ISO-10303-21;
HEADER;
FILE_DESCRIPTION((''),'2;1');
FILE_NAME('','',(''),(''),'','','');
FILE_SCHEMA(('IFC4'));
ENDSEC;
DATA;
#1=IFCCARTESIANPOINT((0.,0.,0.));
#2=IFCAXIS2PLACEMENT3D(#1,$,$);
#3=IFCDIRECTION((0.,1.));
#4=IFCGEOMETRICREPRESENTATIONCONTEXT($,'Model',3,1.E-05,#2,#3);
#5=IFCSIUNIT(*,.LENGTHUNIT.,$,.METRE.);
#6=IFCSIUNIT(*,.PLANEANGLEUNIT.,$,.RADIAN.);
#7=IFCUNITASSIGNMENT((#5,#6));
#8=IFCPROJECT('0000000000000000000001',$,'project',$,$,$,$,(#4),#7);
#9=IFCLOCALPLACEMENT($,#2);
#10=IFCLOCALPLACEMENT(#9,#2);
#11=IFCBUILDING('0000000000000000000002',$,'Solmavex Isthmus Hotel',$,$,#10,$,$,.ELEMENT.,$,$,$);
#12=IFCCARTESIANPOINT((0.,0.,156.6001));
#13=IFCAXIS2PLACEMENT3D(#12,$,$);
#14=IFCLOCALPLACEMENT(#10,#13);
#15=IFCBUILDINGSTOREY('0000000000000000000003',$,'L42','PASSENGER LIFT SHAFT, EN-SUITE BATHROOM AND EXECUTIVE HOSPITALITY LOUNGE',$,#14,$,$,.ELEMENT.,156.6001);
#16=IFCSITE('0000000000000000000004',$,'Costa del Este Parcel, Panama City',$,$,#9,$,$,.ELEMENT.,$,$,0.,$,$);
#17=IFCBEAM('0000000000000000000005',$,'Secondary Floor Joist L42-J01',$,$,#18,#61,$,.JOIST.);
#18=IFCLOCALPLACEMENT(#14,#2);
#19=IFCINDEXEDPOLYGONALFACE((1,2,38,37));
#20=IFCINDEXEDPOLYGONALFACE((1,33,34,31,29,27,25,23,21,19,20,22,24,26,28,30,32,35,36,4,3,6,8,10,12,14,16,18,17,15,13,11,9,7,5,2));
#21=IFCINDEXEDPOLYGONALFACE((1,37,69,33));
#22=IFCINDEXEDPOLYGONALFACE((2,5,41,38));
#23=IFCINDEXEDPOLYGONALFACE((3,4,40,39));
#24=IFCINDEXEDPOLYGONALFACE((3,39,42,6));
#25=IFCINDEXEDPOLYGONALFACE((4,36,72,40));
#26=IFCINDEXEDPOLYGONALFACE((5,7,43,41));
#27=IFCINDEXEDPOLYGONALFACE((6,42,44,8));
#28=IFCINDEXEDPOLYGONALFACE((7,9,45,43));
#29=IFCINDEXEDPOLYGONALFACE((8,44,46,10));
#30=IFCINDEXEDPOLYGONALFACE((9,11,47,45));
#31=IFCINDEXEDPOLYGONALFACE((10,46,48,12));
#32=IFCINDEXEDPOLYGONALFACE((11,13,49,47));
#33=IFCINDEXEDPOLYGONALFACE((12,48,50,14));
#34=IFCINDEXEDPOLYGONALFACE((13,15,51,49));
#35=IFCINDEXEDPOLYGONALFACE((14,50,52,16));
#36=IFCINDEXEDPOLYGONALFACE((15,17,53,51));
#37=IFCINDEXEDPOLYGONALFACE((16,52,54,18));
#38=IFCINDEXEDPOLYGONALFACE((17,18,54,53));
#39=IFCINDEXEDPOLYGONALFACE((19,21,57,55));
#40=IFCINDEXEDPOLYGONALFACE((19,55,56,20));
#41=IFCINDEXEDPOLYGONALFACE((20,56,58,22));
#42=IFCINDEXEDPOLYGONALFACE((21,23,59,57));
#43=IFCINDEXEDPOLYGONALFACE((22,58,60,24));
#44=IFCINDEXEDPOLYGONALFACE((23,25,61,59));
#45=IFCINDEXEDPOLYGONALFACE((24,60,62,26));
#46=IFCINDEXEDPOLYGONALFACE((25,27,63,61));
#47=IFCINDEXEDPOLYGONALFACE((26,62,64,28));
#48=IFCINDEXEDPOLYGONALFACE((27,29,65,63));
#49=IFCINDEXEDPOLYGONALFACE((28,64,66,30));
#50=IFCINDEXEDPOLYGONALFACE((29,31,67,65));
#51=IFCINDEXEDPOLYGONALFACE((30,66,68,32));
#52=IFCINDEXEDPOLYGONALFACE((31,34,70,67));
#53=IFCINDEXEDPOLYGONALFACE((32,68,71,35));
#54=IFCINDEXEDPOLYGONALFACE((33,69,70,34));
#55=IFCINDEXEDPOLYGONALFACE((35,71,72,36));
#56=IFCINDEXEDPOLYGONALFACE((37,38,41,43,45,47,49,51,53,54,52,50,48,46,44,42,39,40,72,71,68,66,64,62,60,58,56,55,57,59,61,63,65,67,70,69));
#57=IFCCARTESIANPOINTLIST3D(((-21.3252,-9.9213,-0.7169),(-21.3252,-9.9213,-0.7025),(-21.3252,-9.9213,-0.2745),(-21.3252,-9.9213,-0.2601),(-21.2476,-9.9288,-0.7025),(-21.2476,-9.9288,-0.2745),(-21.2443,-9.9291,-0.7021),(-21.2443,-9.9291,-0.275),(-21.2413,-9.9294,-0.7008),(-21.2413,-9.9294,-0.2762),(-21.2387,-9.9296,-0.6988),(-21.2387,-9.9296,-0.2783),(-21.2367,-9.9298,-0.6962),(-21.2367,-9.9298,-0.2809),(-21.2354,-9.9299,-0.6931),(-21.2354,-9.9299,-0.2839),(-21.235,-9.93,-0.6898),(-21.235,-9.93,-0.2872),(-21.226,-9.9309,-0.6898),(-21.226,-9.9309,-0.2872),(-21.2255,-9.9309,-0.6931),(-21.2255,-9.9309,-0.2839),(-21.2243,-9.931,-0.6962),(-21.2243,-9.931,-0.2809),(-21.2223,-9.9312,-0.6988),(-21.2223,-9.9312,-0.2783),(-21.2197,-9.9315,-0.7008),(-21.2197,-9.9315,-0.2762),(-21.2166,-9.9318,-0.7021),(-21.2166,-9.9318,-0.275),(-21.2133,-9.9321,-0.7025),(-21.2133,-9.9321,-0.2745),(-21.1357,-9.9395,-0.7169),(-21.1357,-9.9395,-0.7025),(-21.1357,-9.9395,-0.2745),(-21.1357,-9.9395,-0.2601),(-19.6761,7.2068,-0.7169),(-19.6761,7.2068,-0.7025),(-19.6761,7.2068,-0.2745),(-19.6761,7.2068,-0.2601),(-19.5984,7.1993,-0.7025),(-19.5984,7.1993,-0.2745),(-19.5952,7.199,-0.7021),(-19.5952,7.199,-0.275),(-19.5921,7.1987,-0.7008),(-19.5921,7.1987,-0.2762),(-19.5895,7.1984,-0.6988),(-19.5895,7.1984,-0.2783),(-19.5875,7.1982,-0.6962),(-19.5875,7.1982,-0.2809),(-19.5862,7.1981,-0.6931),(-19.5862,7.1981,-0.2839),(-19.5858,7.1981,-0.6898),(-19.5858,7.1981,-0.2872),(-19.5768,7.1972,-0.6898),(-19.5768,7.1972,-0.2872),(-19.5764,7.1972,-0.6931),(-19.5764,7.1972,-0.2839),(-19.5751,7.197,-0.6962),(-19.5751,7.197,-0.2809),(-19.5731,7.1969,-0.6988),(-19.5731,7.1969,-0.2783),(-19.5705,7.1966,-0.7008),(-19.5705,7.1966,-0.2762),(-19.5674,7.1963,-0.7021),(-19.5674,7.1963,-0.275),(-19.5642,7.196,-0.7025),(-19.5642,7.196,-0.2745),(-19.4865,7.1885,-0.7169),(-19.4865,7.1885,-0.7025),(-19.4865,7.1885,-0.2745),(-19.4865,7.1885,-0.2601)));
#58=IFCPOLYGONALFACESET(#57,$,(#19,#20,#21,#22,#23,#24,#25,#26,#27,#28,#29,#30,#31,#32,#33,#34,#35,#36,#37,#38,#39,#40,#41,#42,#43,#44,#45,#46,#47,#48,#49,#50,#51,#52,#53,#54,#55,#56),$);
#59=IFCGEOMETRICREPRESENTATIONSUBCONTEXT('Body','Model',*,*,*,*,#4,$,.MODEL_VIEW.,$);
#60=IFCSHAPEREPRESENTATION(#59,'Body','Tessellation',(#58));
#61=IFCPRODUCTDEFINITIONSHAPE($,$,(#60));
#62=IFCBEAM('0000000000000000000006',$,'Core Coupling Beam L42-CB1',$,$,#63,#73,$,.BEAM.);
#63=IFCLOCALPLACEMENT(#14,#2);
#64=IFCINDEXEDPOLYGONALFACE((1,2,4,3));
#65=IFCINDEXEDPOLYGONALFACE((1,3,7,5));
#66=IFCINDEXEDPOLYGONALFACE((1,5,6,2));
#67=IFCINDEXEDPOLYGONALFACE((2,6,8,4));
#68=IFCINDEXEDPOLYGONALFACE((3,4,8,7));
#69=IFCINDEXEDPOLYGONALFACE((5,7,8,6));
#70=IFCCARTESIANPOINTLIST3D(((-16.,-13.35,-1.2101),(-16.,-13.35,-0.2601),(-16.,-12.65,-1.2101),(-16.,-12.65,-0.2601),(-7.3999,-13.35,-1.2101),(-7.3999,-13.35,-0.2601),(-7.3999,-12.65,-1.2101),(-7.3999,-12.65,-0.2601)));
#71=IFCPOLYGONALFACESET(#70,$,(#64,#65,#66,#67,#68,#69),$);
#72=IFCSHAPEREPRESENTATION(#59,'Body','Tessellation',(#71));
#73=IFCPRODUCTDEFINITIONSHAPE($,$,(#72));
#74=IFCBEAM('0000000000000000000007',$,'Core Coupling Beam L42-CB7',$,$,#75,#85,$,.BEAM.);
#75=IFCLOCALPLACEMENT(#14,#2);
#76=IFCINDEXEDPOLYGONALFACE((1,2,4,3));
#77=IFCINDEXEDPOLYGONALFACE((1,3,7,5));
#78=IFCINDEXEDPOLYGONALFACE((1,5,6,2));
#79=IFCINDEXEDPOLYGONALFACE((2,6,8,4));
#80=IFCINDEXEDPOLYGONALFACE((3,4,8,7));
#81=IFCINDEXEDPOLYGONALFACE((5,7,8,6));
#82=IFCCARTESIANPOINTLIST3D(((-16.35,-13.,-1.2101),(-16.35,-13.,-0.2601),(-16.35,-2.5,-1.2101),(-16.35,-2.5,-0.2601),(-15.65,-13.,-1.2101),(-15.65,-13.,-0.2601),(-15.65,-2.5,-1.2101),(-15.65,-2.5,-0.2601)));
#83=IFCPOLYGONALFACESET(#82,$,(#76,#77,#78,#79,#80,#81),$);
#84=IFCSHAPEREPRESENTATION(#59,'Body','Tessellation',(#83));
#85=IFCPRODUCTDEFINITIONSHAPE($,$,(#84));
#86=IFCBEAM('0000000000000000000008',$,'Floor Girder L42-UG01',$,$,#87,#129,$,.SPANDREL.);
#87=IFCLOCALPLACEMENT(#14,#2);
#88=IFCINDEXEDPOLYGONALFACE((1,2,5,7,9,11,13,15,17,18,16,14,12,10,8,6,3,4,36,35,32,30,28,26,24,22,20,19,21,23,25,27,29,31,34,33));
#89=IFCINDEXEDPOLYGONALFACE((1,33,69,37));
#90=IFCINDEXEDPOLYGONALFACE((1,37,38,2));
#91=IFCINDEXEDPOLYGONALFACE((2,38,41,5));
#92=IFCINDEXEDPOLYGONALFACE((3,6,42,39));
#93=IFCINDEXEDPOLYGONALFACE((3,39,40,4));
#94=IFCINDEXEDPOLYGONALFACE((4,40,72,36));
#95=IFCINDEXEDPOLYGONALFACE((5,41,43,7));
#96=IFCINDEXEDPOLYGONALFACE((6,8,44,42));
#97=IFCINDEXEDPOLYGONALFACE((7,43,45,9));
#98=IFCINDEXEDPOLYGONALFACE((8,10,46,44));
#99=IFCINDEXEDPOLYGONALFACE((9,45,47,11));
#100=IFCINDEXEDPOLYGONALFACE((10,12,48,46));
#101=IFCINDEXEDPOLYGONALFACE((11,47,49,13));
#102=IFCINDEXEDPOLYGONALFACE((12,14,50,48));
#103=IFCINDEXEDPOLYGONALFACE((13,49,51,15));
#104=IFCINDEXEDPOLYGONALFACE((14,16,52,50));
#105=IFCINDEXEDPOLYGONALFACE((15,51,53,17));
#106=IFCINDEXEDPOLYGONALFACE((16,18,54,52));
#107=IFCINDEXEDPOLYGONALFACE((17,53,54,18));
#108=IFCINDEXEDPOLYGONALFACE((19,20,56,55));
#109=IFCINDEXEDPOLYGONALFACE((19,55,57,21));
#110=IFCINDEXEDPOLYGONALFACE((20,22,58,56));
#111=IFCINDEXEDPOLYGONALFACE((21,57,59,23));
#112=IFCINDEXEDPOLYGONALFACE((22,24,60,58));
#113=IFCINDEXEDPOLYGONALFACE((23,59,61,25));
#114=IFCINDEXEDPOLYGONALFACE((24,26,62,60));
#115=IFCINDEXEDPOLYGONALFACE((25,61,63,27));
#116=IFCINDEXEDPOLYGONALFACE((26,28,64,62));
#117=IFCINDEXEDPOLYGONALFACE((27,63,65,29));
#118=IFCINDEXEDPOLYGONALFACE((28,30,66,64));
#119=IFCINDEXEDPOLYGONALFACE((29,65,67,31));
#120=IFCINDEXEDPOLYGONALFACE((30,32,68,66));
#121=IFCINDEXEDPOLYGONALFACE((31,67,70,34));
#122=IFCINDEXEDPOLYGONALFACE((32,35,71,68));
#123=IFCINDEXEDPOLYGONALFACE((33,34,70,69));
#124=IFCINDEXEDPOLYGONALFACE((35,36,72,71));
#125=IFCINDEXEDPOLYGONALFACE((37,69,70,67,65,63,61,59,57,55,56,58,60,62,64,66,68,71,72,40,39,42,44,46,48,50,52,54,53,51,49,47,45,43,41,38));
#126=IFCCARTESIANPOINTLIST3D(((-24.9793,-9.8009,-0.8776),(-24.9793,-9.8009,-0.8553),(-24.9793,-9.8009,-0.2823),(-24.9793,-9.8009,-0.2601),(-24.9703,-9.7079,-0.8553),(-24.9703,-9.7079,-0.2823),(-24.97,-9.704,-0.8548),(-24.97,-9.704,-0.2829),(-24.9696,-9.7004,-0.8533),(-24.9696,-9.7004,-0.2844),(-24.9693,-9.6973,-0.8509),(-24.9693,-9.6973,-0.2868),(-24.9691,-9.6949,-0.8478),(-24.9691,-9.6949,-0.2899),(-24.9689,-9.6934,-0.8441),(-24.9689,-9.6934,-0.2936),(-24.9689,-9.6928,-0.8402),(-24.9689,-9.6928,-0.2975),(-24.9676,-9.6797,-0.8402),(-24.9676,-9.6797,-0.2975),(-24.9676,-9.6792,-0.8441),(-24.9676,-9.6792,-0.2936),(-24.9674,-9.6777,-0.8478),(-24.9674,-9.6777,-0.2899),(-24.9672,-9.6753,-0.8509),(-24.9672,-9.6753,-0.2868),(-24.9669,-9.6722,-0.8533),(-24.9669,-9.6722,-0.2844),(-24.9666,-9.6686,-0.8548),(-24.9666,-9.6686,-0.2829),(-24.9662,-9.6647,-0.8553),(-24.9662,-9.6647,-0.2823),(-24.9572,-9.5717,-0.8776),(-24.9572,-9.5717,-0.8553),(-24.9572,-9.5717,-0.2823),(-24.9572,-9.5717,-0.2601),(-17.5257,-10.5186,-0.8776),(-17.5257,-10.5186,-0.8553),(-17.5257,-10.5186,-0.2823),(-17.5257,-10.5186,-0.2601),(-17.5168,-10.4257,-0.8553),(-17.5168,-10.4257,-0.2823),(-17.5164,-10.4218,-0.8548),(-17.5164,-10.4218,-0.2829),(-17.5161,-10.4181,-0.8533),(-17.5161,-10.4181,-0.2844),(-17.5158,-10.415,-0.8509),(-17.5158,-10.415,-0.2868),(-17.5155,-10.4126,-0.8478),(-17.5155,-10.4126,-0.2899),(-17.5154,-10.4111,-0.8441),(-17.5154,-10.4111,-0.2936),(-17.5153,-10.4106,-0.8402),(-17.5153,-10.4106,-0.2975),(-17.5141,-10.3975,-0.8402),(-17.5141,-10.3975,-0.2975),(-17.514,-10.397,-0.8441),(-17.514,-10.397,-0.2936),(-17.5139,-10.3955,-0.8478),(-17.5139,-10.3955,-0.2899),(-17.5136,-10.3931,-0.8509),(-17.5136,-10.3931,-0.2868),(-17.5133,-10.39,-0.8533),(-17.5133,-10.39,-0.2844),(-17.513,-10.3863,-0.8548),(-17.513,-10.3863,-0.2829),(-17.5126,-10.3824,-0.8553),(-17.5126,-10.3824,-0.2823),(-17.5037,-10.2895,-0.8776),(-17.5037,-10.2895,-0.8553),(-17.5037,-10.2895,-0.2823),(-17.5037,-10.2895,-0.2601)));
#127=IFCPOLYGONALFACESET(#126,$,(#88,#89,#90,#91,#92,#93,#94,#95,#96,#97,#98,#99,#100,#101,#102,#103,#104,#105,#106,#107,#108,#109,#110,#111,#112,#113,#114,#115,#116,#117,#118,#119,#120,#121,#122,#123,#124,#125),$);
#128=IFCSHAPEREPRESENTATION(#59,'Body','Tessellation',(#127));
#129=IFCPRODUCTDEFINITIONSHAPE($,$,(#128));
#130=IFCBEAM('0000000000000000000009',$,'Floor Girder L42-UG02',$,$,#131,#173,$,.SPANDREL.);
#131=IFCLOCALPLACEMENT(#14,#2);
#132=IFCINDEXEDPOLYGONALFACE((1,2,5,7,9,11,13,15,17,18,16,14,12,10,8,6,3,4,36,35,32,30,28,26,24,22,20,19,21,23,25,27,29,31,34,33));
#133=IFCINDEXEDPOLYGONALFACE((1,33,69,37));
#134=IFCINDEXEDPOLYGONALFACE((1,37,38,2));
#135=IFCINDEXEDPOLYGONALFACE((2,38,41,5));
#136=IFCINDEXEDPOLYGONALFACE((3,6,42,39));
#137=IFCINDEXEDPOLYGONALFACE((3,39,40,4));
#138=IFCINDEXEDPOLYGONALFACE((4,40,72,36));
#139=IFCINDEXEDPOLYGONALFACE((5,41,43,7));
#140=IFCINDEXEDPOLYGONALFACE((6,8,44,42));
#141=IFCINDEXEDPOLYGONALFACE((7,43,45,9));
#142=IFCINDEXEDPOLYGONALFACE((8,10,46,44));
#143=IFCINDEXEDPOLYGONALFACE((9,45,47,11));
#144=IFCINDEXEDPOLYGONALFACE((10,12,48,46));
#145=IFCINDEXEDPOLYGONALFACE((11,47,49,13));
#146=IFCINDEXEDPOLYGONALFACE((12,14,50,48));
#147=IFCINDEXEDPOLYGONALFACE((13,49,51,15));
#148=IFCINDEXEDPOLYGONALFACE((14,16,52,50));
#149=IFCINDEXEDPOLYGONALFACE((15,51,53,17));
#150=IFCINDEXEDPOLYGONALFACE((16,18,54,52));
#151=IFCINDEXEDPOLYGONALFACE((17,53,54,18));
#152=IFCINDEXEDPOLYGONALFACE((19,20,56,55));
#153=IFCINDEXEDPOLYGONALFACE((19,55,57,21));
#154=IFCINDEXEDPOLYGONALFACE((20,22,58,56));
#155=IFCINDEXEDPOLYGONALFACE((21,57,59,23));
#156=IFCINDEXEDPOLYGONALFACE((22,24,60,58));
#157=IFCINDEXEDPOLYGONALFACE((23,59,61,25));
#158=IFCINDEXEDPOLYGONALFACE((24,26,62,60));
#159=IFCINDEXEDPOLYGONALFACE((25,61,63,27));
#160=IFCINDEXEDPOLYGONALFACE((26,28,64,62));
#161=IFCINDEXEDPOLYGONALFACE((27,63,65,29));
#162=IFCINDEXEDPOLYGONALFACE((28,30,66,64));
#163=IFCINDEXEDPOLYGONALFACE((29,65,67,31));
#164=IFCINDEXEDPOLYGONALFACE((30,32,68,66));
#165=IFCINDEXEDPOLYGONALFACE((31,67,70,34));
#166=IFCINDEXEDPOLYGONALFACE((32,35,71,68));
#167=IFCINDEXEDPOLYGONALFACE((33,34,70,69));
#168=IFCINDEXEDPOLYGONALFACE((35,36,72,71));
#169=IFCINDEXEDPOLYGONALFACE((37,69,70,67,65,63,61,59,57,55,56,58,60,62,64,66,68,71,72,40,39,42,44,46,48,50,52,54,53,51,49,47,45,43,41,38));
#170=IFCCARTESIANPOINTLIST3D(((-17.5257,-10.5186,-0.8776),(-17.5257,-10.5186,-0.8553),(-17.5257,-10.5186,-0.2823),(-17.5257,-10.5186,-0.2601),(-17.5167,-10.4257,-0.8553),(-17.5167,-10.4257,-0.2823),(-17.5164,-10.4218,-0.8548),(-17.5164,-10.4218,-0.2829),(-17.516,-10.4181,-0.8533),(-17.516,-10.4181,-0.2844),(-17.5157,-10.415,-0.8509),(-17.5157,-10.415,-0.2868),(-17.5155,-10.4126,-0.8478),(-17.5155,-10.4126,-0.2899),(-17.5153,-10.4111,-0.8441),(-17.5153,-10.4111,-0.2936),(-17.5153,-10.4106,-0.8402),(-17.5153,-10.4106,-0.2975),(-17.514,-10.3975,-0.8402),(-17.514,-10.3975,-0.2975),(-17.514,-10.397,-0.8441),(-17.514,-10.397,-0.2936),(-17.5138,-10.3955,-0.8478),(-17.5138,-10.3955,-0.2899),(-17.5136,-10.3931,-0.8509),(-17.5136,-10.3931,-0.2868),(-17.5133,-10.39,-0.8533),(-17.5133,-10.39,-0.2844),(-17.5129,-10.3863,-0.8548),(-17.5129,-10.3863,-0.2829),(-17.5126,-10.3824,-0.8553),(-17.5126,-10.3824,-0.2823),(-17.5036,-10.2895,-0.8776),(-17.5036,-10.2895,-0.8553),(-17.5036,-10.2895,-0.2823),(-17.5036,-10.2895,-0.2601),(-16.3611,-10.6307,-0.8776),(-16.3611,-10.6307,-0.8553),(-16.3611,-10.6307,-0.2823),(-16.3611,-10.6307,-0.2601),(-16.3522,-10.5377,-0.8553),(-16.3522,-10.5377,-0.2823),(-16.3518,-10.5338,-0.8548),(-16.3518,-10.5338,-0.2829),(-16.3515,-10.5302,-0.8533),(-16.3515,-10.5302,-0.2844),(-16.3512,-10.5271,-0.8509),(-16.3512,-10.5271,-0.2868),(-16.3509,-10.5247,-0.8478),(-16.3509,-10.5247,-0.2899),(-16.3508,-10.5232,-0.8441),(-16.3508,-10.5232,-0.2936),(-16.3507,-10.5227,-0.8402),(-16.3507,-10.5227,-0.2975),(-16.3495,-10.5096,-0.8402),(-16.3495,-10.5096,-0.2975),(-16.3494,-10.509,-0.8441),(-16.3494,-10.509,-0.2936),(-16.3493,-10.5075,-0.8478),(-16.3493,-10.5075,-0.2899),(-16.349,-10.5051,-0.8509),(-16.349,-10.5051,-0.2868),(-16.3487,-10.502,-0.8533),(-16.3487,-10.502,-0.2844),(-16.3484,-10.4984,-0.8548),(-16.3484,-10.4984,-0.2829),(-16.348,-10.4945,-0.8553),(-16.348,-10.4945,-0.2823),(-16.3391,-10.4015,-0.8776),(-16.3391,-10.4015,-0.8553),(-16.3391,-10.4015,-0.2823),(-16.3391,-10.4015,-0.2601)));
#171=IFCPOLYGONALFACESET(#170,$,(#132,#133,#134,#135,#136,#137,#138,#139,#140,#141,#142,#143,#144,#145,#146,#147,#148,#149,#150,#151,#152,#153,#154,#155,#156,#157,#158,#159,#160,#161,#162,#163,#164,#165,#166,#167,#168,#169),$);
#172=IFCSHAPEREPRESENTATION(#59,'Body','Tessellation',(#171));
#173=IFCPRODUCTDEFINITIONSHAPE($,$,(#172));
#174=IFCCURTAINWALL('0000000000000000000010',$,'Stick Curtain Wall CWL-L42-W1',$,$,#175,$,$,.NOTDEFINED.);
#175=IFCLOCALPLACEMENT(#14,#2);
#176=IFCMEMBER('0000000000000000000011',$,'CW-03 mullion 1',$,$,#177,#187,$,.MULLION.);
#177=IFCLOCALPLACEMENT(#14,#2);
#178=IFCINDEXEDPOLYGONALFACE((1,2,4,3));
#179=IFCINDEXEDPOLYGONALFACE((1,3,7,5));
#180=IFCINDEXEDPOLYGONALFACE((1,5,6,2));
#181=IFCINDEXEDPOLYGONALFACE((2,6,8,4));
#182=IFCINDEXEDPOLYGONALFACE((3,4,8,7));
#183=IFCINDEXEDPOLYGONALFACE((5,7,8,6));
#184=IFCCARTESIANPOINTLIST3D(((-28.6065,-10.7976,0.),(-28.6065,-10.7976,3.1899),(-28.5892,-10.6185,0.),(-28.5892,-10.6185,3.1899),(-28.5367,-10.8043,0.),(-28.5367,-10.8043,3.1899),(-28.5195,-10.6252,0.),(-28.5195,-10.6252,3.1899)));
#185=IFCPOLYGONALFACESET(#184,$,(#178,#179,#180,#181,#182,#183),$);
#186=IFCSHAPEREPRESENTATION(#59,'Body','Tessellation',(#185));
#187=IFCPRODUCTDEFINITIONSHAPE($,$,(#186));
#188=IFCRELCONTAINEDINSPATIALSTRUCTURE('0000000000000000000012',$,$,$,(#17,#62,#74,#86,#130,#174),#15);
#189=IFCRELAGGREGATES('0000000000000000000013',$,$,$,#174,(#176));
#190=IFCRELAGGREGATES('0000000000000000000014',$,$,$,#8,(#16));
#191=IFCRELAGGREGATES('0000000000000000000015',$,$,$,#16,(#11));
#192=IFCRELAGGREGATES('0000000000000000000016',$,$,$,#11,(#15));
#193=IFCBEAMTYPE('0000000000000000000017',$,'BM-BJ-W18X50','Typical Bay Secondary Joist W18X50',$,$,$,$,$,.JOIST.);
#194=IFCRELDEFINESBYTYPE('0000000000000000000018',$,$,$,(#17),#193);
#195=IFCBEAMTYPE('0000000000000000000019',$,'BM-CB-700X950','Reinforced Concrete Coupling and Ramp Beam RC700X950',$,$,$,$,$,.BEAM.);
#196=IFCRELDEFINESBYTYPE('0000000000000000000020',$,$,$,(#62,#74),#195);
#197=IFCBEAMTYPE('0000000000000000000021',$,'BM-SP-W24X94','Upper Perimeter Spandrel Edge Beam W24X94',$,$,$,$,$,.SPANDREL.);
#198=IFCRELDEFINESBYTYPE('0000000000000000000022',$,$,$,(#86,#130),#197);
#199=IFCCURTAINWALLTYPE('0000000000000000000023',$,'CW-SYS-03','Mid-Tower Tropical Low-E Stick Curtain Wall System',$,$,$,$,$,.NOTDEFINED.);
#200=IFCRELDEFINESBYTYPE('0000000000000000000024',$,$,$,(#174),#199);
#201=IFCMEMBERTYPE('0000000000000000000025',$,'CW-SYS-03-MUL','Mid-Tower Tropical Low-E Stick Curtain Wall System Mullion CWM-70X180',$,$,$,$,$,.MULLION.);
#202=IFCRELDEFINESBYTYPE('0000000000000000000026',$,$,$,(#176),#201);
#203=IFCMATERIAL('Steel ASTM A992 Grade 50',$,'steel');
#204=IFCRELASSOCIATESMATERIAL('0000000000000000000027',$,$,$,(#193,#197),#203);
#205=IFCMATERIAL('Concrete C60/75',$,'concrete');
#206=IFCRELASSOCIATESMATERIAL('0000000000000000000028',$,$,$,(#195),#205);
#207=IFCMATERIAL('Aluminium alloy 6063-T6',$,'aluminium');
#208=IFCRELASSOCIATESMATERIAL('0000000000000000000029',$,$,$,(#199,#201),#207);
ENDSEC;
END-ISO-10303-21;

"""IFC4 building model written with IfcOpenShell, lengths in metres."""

from ifc_helpers import new_model, si_unit, direction, frame, origin, origin_2d, place, context, subcontext, project, spatial, rectangle, i_section, extrude, material, material_profile, profile_set, type_object, element, aggregate, save


model = new_model("IFC4")

# Units and contexts
model_context = context("Model", 3, precision=1e-05, world=origin(), true_north=direction((0.0, 1.0)))
body_context = subcontext(model_context, "Body", "Model", "MODEL_VIEW")
ifc_project = project(units=[si_unit("LENGTHUNIT", "METRE"), si_unit("PLANEANGLEUNIT", "RADIAN")], contexts=[model_context])

# Site, building, storey
site_placement = place(None, origin())
site = spatial("IfcSite", under=ifc_project, at=site_placement, Name="Costa del Este Parcel, Panama City", CompositionType="ELEMENT", RefElevation=0.0)
building_placement = place(site_placement, origin())
building = spatial("IfcBuilding", under=site, at=building_placement, Name="Solmavex Isthmus Hotel", CompositionType="ELEMENT")
storey_placement = place(building_placement, frame((0.0, 0.0, 156.6001)))
storey = spatial("IfcBuildingStorey", under=building, at=storey_placement, Name="L42", Description="PASSENGER LIFT SHAFT, EN-SUITE BATHROOM AND EXECUTIVE HOSPITALITY LOUNGE", CompositionType="ELEMENT", Elevation=156.6001)

# Shared definitions
ifc_material_1 = material(Name="Concrete C60/75", Category="concrete")

# Beams
ifc_material_2 = material(Name="Steel ASTM A992 Grade 50", Category="steel")
ifc_material_profile_1 = material_profile(ifc_material_2, i_section(OverallWidth=0.1904, OverallDepth=0.4568, WebThickness=0.009, FlangeThickness=0.0144, FilletRadius=0.0127, at=origin_2d()), Name="W18X50")
ifc_profile_set_1 = profile_set([ifc_material_profile_1], Name="Steel ASTM A992 Grade 50")
beam_type_1 = type_object("IfcBeamType", Name="BM-BJ-W18X50", Description="Typical Bay Secondary Joist W18X50", PredefinedType="JOIST", material=ifc_profile_set_1)
beam_1_placement = place(storey_placement, frame((-21.2305, -9.9304, -0.4885), z_axis=(0.095841, 0.995397, 0.0), x_axis=(-0.995397, 0.095841, 0.0)))
element("IfcBeam", 1, at=beam_1_placement, inside=storey, type_object=beam_type_1, Name="Secondary Floor Joist L42-J01", PredefinedType="JOIST", context=body_context, shape_type="SweptSolid", body=[
    extrude(i_section(OverallWidth=0.1904, OverallDepth=0.4568, WebThickness=0.009, FlangeThickness=0.0144, FilletRadius=0.0127, at=origin_2d()), origin(), (0.0, 0.0, 1.0), 17.2073),
])
ifc_material_profile_2 = material_profile(ifc_material_1, rectangle(XDim=0.7, YDim=0.95, at=origin_2d()), Name="RC700X950")
ifc_profile_set_2 = profile_set([ifc_material_profile_2], Name="Concrete C60/75")
beam_type_2 = type_object("IfcBeamType", Name="BM-CB-700X950", Description="Reinforced Concrete Coupling and Ramp Beam RC700X950", PredefinedType="BEAM", material=ifc_profile_set_2)
beam_2_placement = place(storey_placement, frame((-16.0, -13.0, -0.7351), z_axis=(1.0, 0.0, 0.0), x_axis=(0.0, 1.0, 0.0)))
element("IfcBeam", 2, at=beam_2_placement, inside=storey, type_object=beam_type_2, Name="Core Coupling Beam L42-CB1", PredefinedType="BEAM", context=body_context, shape_type="SweptSolid", body=[
    extrude(rectangle(XDim=0.7, YDim=0.95, at=origin_2d()), origin(), (0.0, 0.0, 1.0), 8.6001),
])
beam_3_placement = place(storey_placement, frame((-16.0, -13.0, -0.7351), z_axis=(0.0, 1.0, 0.0), x_axis=(-1.0, 0.0, 0.0)))
element("IfcBeam", 3, at=beam_3_placement, inside=storey, type_object=beam_type_2, Name="Core Coupling Beam L42-CB7", PredefinedType="BEAM", context=body_context, shape_type="SweptSolid", body=[
    extrude(rectangle(XDim=0.7, YDim=0.95, at=origin_2d()), origin(), (0.0, 0.0, 1.0), 10.5),
])
ifc_material_profile_3 = material_profile(ifc_material_2, i_section(OverallWidth=0.2302, OverallDepth=0.6174, WebThickness=0.0132, FlangeThickness=0.0222, FilletRadius=0.0151, at=origin_2d()), Name="W24X94")
ifc_profile_set_3 = profile_set([ifc_material_profile_3], Name="Steel ASTM A992 Grade 50")
beam_type_3 = type_object("IfcBeamType", Name="BM-SP-W24X94", Description="Upper Perimeter Spandrel Edge Beam W24X94", PredefinedType="SPANDREL", material=ifc_profile_set_3)
beam_4_placement = place(storey_placement, frame((-24.9683, -9.6863, -0.5688), z_axis=(0.995395, -0.095855, 0.0), x_axis=(0.095855, 0.995395, 0.0)))
element("IfcBeam", 4, at=beam_4_placement, inside=storey, type_object=beam_type_3, Name="Floor Girder L42-UG01", PredefinedType="SPANDREL", context=body_context, shape_type="SweptSolid", body=[
    extrude(i_section(OverallWidth=0.2302, OverallDepth=0.6174, WebThickness=0.0132, FlangeThickness=0.0222, FilletRadius=0.0151, at=origin_2d()), origin(), (0.0, 0.0, 1.0), 7.488),
])
beam_5_placement = place(storey_placement, frame((-17.5146, -10.4041, -0.5688), z_axis=(0.995402, -0.095784, 0.0), x_axis=(0.095784, 0.995402, 0.0)))
element("IfcBeam", 5, at=beam_5_placement, inside=storey, type_object=beam_type_3, Name="Floor Girder L42-UG02", PredefinedType="SPANDREL", context=body_context, shape_type="SweptSolid", body=[
    extrude(i_section(OverallWidth=0.2302, OverallDepth=0.6174, WebThickness=0.0132, FlangeThickness=0.0222, FilletRadius=0.0151, at=origin_2d()), origin(), (0.0, 0.0, 1.0), 1.1699),
])

# Curtain wall, member
ifc_material_3 = material(Name="Aluminium alloy 6063-T6", Category="aluminium")
curtain_wall_type = type_object("IfcCurtainWallType", Name="CW-SYS-03", Description="Mid-Tower Tropical Low-E Stick Curtain Wall System", PredefinedType="NOTDEFINED", material=ifc_material_3)
curtain_wall_placement = place(storey_placement, origin())
curtain_wall = element("IfcCurtainWall", 6, at=curtain_wall_placement, inside=storey, type_object=curtain_wall_type, Name="Stick Curtain Wall CWL-L42-W1", PredefinedType="NOTDEFINED")
ifc_material_profile_4 = material_profile(ifc_material_3, rectangle(XDim=0.0701, YDim=0.1799, at=origin_2d()), Name="CWM-70X180")
ifc_profile_set_4 = profile_set([ifc_material_profile_4], Name="Aluminium alloy 6063-T6")
member_type_1 = type_object("IfcMemberType", Name="CW-SYS-03-MUL", Description="Mid-Tower Tropical Low-E Stick Curtain Wall System Mullion CWM-70X180", PredefinedType="MULLION", material=ifc_profile_set_4)
member_1_placement = place(storey_placement, frame((-28.563, -10.7114, 0.0), z_axis=(0.0, 0.0, 1.0), x_axis=(-0.995396, 0.095846, 0.0)))
member_1 = element("IfcMember", 7, at=member_1_placement, type_object=member_type_1, Name="CW-03 mullion 1", PredefinedType="MULLION", context=body_context, shape_type="SweptSolid", body=[
    extrude(rectangle(XDim=0.0701, YDim=0.1799, at=origin_2d()), origin(), (0.0, 0.0, 1.0), 3.1899),
])
aggregate(curtain_wall, [member_1])

save(model, "model.ifc")
